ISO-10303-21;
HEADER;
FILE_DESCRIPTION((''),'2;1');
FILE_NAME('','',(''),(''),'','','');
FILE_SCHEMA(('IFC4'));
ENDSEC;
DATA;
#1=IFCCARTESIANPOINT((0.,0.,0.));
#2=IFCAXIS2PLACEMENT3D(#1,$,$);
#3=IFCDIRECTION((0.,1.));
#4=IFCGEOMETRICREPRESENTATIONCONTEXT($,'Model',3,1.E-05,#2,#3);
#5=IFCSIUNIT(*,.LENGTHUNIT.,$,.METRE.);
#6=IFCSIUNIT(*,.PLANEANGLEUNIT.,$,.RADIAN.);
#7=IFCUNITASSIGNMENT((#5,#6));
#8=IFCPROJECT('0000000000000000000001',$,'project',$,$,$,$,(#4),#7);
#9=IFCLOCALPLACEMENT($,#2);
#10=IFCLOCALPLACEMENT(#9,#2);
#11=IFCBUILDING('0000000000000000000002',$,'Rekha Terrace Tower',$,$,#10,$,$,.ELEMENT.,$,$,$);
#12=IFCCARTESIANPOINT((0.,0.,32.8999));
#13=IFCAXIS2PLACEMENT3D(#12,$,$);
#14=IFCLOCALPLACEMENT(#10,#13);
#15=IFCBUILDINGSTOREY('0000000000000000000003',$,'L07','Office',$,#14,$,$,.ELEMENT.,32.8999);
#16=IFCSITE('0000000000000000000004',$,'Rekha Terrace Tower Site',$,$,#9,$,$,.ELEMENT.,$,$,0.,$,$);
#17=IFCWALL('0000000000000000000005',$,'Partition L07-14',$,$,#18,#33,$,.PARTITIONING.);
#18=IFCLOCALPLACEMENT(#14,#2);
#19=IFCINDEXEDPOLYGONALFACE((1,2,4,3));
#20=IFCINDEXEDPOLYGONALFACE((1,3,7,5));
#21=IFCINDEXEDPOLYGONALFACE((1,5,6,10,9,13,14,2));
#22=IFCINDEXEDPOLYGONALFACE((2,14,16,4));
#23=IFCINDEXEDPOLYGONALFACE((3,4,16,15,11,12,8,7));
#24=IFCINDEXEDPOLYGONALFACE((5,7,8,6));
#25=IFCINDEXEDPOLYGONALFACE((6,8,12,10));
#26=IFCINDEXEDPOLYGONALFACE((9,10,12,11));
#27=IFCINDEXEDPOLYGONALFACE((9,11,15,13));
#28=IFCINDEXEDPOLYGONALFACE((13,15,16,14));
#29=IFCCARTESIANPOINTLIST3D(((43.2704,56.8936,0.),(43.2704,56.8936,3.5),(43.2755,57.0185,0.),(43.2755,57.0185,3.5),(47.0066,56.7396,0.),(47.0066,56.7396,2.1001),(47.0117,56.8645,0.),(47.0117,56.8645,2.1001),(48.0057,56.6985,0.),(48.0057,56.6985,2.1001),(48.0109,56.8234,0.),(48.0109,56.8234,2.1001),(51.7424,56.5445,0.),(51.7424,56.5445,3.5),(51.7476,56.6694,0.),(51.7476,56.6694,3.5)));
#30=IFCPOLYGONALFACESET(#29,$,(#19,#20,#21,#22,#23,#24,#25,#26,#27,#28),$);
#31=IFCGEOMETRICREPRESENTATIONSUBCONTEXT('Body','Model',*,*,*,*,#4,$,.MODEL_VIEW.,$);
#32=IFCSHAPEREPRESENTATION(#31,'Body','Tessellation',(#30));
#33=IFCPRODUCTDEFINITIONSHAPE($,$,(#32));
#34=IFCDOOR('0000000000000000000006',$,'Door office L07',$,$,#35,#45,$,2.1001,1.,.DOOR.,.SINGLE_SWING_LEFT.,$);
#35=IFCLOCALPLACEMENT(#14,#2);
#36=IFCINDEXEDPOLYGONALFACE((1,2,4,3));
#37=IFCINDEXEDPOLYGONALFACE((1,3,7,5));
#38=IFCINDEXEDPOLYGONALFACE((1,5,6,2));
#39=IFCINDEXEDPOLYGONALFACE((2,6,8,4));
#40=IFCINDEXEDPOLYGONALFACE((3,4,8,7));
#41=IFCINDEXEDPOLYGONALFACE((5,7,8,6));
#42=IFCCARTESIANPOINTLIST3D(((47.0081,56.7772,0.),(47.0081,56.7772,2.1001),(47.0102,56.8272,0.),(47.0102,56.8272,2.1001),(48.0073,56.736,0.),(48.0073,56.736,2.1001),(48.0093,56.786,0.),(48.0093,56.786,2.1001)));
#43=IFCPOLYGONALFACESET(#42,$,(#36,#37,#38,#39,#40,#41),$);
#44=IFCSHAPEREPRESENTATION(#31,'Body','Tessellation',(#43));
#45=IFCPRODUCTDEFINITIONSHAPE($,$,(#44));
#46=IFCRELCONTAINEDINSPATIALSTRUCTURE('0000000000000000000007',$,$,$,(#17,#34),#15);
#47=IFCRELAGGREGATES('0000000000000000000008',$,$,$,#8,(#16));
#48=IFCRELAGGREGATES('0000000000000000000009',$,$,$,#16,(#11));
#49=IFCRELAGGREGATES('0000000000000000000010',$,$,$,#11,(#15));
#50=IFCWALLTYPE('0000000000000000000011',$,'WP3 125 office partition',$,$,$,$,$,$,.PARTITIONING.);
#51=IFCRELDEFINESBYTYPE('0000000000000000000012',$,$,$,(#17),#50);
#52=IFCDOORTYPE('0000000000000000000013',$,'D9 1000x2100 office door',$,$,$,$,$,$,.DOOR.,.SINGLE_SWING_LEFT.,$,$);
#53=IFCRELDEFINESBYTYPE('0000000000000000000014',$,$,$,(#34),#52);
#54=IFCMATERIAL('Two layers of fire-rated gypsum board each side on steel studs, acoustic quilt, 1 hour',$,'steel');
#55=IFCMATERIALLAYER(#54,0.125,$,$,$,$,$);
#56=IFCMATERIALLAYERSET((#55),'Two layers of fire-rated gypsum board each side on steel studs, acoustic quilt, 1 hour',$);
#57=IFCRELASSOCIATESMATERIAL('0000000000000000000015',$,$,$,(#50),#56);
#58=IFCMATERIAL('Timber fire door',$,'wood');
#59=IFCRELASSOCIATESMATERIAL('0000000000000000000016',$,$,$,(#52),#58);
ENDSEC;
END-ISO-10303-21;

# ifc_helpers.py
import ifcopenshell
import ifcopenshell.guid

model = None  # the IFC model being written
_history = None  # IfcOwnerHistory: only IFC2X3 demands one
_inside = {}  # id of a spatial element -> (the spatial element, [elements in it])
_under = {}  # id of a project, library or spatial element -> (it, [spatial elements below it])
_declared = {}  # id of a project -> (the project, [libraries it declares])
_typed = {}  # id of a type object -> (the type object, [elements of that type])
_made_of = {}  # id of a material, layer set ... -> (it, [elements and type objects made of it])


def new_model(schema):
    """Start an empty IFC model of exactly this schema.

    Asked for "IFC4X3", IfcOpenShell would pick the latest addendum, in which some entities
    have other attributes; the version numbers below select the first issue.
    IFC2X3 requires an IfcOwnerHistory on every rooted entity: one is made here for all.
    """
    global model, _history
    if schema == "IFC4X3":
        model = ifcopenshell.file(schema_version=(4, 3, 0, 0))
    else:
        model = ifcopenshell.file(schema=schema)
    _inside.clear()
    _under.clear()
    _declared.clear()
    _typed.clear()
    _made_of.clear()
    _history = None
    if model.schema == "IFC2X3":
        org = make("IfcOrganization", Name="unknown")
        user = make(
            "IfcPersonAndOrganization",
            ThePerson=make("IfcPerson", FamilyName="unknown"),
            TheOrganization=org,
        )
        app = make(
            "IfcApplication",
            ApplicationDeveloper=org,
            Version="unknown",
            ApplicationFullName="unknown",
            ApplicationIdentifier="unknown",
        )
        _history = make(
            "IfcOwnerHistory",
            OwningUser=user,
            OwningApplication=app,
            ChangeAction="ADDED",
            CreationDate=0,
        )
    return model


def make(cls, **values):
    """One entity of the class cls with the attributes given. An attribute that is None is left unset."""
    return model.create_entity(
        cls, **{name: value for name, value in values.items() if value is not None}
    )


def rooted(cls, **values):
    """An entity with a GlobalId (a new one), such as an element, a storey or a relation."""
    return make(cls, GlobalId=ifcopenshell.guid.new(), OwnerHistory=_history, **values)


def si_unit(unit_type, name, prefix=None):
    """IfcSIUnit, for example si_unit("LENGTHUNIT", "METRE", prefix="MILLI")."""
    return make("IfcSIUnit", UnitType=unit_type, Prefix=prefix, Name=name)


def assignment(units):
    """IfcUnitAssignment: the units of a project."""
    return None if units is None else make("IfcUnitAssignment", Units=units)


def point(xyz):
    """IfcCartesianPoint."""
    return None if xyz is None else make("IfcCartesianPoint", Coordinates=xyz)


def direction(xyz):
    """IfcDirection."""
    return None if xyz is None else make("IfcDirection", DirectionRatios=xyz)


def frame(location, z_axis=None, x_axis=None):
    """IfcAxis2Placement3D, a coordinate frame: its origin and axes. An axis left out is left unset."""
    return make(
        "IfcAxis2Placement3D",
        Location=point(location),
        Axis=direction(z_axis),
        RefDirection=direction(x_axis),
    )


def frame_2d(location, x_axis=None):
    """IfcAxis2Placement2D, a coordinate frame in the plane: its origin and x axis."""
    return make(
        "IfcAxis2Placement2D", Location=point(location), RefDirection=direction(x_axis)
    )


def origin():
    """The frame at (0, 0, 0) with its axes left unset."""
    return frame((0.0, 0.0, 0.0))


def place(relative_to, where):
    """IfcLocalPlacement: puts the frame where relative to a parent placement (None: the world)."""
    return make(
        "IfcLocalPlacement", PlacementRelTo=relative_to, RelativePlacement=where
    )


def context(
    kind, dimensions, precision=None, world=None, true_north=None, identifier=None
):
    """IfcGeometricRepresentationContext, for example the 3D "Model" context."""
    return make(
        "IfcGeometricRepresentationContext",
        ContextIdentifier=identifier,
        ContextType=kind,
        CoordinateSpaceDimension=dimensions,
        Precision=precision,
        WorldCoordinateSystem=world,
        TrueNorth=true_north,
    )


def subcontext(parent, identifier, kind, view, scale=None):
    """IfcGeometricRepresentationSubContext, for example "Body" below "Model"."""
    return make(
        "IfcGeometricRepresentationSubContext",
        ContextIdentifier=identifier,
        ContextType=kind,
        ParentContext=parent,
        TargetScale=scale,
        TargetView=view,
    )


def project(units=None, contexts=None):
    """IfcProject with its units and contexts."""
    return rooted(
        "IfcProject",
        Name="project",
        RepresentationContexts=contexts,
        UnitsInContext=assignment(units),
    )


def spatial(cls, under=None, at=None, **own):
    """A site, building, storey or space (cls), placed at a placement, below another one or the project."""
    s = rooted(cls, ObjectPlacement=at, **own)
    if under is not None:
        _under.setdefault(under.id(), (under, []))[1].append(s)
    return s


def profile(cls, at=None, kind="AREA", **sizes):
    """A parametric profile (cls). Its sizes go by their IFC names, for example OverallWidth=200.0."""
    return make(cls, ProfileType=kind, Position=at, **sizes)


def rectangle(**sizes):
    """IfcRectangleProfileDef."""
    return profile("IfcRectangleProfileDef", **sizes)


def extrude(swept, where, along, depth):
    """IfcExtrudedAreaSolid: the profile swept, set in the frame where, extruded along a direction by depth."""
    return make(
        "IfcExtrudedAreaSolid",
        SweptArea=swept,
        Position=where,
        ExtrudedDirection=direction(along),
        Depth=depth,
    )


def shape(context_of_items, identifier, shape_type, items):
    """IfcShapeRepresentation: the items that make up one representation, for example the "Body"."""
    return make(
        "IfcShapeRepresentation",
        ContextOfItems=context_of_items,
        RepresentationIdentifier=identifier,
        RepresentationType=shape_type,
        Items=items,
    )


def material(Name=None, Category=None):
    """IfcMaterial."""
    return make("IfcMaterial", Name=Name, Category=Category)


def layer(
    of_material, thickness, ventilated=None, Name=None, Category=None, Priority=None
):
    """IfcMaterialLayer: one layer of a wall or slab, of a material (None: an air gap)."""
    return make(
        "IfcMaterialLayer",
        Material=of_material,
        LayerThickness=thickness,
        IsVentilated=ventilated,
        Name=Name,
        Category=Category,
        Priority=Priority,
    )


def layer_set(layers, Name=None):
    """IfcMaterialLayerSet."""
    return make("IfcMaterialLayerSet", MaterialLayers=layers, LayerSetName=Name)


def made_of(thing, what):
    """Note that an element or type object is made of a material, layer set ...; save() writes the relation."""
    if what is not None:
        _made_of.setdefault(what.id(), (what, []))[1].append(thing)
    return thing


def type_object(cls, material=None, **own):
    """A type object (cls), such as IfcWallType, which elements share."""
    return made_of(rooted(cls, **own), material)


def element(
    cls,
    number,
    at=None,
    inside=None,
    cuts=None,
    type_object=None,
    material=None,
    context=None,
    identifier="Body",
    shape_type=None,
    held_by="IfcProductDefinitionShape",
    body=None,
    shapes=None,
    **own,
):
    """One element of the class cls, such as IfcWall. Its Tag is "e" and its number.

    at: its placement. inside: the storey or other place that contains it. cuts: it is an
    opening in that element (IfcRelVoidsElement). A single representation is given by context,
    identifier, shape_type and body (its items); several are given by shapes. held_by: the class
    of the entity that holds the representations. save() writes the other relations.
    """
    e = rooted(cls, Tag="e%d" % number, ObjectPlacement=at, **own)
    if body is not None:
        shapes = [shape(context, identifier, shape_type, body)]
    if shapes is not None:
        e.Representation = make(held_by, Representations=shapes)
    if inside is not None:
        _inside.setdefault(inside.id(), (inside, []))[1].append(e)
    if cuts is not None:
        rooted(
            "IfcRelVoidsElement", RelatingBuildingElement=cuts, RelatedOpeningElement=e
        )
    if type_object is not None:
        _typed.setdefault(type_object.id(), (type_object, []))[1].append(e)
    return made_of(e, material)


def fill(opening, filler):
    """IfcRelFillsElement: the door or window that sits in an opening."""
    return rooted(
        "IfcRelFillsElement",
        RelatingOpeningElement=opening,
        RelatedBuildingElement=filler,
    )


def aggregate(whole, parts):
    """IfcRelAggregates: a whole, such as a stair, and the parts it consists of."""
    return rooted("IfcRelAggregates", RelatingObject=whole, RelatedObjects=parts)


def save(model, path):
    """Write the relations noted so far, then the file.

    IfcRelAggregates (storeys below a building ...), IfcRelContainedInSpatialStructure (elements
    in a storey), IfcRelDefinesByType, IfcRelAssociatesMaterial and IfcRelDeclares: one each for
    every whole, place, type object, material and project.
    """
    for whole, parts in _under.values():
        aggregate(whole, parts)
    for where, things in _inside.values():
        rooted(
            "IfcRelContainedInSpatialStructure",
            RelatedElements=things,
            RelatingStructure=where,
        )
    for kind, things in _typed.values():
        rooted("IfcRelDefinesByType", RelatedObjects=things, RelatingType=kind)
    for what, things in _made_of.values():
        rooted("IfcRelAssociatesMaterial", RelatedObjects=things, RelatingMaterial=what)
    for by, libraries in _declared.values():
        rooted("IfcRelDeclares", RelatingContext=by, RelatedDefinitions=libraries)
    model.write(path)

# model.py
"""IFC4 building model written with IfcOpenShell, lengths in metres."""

from ifc_helpers import new_model, si_unit, direction, frame, frame_2d, origin, place, context, subcontext, project, spatial, rectangle, extrude, material, layer, layer_set, type_object, element, fill, save


model = new_model("IFC4")

# Units and contexts
model_context = context("Model", 3, precision=1e-05, world=origin(), true_north=direction((0.0, 1.0)))
body_context = subcontext(model_context, "Body", "Model", "MODEL_VIEW")
ifc_project = project(units=[si_unit("LENGTHUNIT", "METRE"), si_unit("PLANEANGLEUNIT", "RADIAN")], contexts=[model_context])

# Site, building, storey
site_placement = place(None, origin())
site = spatial("IfcSite", under=ifc_project, at=site_placement, Name="Rekha Terrace Tower Site", CompositionType="ELEMENT", RefElevation=0.0)
building_placement = place(site_placement, origin())
building = spatial("IfcBuilding", under=site, at=building_placement, Name="Rekha Terrace Tower", CompositionType="ELEMENT")
storey_placement = place(building_placement, frame((0.0, 0.0, 32.8999)))
storey = spatial("IfcBuildingStorey", under=building, at=storey_placement, Name="L07", Description="Office", CompositionType="ELEMENT", Elevation=32.8999)

# Shared definitions
ifc_material_1 = material(Name="Two layers of fire-rated gypsum board each side on steel studs, acoustic quilt, 1 hour", Category="steel")
ifc_layer_1 = layer(ifc_material_1, 0.125)
ifc_layer_set_1 = layer_set([ifc_layer_1], Name="Two layers of fire-rated gypsum board each side on steel studs, acoustic quilt, 1 hour")
wall_type_1 = type_object("IfcWallType", Name="WP3 125 office partition", PredefinedType="PARTITIONING", material=ifc_layer_set_1)

# Shared definitions
ifc_material_2 = material(Name="Timber fire door", Category="wood")
door_type = type_object("IfcDoorType", Name="D9 1000x2100 office door", OperationType="SINGLE_SWING_LEFT", PredefinedType="DOOR", material=ifc_material_2)

# Wall, opening, door
wall_1_placement = place(storey_placement, frame((51.7451, 56.6069, 0.0), z_axis=(0.0, 0.0, 1.0), x_axis=(-0.999152, 0.041173, 0.0)))
wall_1 = element("IfcWall", 1, at=wall_1_placement, inside=storey, type_object=wall_type_1, Name="Partition L07-14", PredefinedType="PARTITIONING", context=body_context, shape_type="SweptSolid", body=[
    extrude(rectangle(XDim=8.4792, YDim=0.125, at=frame_2d((4.2397, 0.0))), origin(), (0.0, 0.0, 1.0), 3.5),
])
opening_1_placement = place(wall_1_placement, frame((3.74, 0.0, 0.0)))
opening_1 = element("IfcOpeningElement", 2, at=opening_1_placement, cuts=wall_1, PredefinedType="OPENING", context=body_context, shape_type="SweptSolid", body=[
    extrude(rectangle(XDim=1.0, YDim=2.1001, at=frame_2d((0.5, 1.05))), frame((0.0, 0.0725, 0.0), z_axis=(0.0, -1.0, 0.0), x_axis=(1.0, 0.0, 0.0)), (0.0, 0.0, 1.0), 0.145),
])
door_1_placement = place(opening_1_placement, origin())
door_1 = element("IfcDoor", 3, at=door_1_placement, inside=storey, type_object=door_type, Name="Door office L07", OperationType="SINGLE_SWING_LEFT", OverallHeight=2.1001, OverallWidth=1.0, PredefinedType="DOOR", context=body_context, shape_type="SweptSolid", body=[
    extrude(rectangle(XDim=1.0, YDim=2.1001, at=frame_2d((0.5, 1.05))), frame((0.0, 0.0249, 0.0), z_axis=(0.0, -1.0, 0.0), x_axis=(1.0, 0.0, 0.0)), (0.0, 0.0, 1.0), 0.05),
])
fill(opening_1, door_1)

save(model, "model.ifc")
